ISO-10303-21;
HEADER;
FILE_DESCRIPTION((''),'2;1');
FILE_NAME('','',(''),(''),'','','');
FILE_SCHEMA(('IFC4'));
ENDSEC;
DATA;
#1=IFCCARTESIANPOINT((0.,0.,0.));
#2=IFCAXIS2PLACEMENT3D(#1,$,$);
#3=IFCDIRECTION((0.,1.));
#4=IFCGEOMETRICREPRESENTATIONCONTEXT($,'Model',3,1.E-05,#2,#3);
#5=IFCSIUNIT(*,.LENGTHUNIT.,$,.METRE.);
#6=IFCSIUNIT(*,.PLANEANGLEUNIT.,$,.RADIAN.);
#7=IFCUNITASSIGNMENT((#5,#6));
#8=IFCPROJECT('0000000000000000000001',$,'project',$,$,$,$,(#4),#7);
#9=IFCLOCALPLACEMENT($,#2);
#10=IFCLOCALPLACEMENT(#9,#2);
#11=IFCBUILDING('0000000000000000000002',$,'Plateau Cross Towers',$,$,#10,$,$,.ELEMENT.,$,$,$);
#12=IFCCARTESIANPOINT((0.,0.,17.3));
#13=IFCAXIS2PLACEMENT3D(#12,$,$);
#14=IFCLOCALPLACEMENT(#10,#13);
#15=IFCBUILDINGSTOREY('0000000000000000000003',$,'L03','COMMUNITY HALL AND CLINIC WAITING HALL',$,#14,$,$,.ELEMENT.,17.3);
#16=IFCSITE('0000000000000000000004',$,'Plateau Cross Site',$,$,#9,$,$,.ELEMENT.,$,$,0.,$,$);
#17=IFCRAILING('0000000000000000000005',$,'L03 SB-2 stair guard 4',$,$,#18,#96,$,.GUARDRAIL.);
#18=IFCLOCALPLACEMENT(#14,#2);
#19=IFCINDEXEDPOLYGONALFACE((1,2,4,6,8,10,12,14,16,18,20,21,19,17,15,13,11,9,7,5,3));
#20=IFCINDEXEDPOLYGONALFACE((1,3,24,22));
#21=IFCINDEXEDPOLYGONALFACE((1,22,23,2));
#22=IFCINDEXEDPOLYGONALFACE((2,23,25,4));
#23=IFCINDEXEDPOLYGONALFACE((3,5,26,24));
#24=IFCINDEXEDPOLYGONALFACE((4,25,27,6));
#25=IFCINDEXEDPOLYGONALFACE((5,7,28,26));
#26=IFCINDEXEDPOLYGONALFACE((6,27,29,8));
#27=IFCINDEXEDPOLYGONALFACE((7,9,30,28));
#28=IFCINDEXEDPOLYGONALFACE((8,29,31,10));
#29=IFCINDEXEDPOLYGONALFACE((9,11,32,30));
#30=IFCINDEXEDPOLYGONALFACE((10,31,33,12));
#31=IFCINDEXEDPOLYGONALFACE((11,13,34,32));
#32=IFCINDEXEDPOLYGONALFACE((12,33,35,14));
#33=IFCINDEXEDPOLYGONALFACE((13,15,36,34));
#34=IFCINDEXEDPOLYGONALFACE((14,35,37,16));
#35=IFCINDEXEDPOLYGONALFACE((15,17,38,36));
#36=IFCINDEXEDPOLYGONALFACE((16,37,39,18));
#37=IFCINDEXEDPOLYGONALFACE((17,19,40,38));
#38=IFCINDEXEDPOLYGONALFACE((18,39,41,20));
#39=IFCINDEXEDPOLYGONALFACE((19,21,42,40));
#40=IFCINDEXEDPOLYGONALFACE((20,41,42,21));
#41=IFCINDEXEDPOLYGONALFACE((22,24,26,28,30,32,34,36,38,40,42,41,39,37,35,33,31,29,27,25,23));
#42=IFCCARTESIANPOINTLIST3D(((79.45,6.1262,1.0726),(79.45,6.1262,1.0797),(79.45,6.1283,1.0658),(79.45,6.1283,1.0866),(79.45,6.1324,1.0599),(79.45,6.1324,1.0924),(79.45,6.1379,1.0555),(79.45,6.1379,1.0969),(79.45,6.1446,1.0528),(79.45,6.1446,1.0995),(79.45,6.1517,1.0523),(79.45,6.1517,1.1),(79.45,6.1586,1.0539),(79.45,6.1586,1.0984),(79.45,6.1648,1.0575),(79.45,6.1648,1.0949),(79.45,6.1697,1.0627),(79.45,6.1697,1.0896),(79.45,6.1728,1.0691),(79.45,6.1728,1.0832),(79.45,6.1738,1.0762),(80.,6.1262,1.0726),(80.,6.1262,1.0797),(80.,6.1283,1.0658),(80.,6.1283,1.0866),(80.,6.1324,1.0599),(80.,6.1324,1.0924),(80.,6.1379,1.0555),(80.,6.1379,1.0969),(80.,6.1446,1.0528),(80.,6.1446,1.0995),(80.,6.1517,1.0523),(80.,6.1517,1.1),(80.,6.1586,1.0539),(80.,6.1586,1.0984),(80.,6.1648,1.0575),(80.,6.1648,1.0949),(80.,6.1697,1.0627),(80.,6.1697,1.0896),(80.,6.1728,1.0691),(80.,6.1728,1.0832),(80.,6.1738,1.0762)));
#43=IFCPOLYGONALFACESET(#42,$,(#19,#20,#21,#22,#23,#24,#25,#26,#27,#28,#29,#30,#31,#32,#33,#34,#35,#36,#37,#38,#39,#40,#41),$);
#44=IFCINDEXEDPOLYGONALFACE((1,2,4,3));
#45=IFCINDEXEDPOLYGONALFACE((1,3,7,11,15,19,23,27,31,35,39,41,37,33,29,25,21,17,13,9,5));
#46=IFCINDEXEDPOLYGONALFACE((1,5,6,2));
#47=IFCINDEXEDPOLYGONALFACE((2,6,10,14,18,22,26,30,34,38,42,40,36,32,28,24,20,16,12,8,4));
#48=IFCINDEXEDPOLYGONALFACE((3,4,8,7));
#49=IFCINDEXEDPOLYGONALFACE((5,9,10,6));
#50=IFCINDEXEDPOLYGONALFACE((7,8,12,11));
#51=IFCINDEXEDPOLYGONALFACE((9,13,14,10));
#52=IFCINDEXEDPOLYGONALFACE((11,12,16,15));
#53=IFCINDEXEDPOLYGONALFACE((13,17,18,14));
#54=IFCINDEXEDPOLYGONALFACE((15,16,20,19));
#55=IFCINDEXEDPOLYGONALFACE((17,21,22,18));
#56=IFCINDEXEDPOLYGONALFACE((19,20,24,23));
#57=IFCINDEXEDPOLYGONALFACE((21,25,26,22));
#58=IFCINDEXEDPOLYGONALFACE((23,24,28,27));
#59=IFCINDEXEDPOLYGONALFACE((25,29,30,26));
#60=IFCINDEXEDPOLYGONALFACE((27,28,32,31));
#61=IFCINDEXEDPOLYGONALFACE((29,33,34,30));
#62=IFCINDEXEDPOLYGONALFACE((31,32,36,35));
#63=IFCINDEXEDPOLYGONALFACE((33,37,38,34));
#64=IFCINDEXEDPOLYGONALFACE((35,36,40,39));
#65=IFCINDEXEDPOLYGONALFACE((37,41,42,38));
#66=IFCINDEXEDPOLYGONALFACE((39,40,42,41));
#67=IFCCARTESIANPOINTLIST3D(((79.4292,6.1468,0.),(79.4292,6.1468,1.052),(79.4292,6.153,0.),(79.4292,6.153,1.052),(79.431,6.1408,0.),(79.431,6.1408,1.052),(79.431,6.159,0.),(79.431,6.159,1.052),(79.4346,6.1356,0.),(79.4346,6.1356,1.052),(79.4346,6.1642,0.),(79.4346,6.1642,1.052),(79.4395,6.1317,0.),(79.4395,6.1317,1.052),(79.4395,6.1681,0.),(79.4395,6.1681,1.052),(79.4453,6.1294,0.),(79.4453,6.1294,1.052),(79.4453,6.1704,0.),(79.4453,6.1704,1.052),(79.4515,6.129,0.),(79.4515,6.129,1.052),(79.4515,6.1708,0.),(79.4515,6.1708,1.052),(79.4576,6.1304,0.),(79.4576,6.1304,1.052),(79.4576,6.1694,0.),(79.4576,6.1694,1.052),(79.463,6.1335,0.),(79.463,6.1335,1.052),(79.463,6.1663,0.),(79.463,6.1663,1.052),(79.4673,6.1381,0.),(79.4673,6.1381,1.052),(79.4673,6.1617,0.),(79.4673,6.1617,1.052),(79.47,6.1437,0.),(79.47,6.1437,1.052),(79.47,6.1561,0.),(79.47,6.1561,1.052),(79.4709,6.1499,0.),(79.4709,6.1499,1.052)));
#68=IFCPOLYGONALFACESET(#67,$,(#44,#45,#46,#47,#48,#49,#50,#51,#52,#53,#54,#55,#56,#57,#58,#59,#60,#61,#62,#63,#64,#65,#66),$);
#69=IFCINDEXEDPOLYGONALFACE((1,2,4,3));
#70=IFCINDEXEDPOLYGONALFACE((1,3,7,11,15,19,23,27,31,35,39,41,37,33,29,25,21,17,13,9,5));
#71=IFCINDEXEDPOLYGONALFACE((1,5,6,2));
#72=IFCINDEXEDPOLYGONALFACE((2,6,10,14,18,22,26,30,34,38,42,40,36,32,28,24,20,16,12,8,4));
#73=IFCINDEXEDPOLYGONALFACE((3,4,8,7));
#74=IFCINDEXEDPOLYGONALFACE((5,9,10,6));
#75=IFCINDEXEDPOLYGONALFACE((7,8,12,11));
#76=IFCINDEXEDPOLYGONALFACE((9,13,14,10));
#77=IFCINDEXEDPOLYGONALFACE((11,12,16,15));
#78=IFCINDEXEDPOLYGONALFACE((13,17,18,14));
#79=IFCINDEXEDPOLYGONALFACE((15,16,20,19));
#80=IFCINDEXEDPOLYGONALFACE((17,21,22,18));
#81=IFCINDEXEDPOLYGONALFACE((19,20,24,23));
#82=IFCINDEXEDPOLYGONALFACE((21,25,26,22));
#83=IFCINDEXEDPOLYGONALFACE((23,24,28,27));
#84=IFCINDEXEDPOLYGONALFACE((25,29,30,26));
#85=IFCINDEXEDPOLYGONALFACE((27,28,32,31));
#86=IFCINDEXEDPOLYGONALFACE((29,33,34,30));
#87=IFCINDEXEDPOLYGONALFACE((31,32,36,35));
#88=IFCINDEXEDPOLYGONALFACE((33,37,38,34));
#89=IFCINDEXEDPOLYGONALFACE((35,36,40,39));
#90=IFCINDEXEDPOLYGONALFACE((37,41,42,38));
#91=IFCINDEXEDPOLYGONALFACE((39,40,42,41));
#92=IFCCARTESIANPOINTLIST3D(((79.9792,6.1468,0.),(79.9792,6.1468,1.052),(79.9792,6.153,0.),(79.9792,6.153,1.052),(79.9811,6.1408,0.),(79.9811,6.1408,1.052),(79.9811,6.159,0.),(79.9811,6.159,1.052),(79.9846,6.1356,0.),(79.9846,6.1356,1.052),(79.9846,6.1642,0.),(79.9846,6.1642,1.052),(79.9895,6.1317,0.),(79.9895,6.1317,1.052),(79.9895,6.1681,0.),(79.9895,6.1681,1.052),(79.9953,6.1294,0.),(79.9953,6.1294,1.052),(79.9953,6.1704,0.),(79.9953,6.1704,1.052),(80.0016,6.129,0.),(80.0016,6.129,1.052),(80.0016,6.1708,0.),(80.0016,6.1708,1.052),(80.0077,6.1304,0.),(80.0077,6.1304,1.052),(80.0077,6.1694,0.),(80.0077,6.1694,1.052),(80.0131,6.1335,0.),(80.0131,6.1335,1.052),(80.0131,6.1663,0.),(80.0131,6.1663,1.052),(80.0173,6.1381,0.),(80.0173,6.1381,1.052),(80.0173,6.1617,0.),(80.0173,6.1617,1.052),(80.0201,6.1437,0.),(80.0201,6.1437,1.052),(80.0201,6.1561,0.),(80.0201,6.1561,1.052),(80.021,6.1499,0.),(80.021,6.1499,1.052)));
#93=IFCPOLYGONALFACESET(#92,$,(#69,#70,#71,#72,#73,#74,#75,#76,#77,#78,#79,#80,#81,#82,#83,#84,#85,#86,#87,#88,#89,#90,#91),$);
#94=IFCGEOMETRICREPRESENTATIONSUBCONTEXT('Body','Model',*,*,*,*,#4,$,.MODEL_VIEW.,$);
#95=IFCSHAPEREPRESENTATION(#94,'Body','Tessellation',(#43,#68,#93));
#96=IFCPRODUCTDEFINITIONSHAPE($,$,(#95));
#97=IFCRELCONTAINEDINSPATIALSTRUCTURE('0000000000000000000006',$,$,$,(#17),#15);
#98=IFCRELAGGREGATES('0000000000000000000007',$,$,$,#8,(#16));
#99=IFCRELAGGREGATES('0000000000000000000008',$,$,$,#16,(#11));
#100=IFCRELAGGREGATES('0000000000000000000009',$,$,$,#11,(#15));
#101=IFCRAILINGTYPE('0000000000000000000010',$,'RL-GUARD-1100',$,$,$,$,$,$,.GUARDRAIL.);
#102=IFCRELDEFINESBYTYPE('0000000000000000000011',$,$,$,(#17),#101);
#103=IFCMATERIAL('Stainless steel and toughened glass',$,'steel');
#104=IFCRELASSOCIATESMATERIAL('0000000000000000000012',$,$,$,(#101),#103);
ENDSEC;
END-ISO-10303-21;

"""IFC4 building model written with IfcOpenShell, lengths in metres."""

from ifc_helpers import new_model, si_unit, direction, frame, origin, origin_2d, place, context, subcontext, project, spatial, circle, extrude, material, type_object, element, save


model = new_model("IFC4")

# Units and contexts
model_context = context("Model", 3, precision=1e-05, world=origin(), true_north=direction((0.0, 1.0)))
body_context = subcontext(model_context, "Body", "Model", "MODEL_VIEW")
ifc_project = project(units=[si_unit("LENGTHUNIT", "METRE"), si_unit("PLANEANGLEUNIT", "RADIAN")], contexts=[model_context])

# Site, building, storey
site_placement = place(None, origin())
site = spatial("IfcSite", under=ifc_project, at=site_placement, Name="Plateau Cross Site", CompositionType="ELEMENT", RefElevation=0.0)
building_placement = place(site_placement, origin())
building = spatial("IfcBuilding", under=site, at=building_placement, Name="Plateau Cross Towers", CompositionType="ELEMENT")
storey_placement = place(building_placement, frame((0.0, 0.0, 17.3)))
storey = spatial("IfcBuildingStorey", under=building, at=storey_placement, Name="L03", Description="COMMUNITY HALL AND CLINIC WAITING HALL", CompositionType="ELEMENT", Elevation=17.3)

# Railing
ifc_material_1 = material(Name="Stainless steel and toughened glass", Category="steel")
railing_type_1 = type_object("IfcRailingType", Name="RL-GUARD-1100", PredefinedType="GUARDRAIL", material=ifc_material_1)
railing_1_placement = place(storey_placement, frame((79.45, 6.1499, 0.0)))
element("IfcRailing", 1, at=railing_1_placement, inside=storey, type_object=railing_type_1, Name="L03 SB-2 stair guard 4", PredefinedType="GUARDRAIL", context=body_context, shape_type="SweptSolid", body=[
    extrude(circle(Radius=0.0239, at=origin_2d()), frame((0.0, 0.0, 1.0762), z_axis=(1.0, 0.0, 0.0), x_axis=(0.0, 1.0, 0.0)), (0.0, 0.0, 1.0), 0.55),
    extrude(circle(Radius=0.021, at=origin_2d()), origin(), (0.0, 0.0, 1.0), 1.052),
    extrude(circle(Radius=0.021, at=origin_2d()), frame((0.55, 0.0, 0.0)), (0.0, 0.0, 1.0), 1.052),
])

save(model, "model.ifc")
